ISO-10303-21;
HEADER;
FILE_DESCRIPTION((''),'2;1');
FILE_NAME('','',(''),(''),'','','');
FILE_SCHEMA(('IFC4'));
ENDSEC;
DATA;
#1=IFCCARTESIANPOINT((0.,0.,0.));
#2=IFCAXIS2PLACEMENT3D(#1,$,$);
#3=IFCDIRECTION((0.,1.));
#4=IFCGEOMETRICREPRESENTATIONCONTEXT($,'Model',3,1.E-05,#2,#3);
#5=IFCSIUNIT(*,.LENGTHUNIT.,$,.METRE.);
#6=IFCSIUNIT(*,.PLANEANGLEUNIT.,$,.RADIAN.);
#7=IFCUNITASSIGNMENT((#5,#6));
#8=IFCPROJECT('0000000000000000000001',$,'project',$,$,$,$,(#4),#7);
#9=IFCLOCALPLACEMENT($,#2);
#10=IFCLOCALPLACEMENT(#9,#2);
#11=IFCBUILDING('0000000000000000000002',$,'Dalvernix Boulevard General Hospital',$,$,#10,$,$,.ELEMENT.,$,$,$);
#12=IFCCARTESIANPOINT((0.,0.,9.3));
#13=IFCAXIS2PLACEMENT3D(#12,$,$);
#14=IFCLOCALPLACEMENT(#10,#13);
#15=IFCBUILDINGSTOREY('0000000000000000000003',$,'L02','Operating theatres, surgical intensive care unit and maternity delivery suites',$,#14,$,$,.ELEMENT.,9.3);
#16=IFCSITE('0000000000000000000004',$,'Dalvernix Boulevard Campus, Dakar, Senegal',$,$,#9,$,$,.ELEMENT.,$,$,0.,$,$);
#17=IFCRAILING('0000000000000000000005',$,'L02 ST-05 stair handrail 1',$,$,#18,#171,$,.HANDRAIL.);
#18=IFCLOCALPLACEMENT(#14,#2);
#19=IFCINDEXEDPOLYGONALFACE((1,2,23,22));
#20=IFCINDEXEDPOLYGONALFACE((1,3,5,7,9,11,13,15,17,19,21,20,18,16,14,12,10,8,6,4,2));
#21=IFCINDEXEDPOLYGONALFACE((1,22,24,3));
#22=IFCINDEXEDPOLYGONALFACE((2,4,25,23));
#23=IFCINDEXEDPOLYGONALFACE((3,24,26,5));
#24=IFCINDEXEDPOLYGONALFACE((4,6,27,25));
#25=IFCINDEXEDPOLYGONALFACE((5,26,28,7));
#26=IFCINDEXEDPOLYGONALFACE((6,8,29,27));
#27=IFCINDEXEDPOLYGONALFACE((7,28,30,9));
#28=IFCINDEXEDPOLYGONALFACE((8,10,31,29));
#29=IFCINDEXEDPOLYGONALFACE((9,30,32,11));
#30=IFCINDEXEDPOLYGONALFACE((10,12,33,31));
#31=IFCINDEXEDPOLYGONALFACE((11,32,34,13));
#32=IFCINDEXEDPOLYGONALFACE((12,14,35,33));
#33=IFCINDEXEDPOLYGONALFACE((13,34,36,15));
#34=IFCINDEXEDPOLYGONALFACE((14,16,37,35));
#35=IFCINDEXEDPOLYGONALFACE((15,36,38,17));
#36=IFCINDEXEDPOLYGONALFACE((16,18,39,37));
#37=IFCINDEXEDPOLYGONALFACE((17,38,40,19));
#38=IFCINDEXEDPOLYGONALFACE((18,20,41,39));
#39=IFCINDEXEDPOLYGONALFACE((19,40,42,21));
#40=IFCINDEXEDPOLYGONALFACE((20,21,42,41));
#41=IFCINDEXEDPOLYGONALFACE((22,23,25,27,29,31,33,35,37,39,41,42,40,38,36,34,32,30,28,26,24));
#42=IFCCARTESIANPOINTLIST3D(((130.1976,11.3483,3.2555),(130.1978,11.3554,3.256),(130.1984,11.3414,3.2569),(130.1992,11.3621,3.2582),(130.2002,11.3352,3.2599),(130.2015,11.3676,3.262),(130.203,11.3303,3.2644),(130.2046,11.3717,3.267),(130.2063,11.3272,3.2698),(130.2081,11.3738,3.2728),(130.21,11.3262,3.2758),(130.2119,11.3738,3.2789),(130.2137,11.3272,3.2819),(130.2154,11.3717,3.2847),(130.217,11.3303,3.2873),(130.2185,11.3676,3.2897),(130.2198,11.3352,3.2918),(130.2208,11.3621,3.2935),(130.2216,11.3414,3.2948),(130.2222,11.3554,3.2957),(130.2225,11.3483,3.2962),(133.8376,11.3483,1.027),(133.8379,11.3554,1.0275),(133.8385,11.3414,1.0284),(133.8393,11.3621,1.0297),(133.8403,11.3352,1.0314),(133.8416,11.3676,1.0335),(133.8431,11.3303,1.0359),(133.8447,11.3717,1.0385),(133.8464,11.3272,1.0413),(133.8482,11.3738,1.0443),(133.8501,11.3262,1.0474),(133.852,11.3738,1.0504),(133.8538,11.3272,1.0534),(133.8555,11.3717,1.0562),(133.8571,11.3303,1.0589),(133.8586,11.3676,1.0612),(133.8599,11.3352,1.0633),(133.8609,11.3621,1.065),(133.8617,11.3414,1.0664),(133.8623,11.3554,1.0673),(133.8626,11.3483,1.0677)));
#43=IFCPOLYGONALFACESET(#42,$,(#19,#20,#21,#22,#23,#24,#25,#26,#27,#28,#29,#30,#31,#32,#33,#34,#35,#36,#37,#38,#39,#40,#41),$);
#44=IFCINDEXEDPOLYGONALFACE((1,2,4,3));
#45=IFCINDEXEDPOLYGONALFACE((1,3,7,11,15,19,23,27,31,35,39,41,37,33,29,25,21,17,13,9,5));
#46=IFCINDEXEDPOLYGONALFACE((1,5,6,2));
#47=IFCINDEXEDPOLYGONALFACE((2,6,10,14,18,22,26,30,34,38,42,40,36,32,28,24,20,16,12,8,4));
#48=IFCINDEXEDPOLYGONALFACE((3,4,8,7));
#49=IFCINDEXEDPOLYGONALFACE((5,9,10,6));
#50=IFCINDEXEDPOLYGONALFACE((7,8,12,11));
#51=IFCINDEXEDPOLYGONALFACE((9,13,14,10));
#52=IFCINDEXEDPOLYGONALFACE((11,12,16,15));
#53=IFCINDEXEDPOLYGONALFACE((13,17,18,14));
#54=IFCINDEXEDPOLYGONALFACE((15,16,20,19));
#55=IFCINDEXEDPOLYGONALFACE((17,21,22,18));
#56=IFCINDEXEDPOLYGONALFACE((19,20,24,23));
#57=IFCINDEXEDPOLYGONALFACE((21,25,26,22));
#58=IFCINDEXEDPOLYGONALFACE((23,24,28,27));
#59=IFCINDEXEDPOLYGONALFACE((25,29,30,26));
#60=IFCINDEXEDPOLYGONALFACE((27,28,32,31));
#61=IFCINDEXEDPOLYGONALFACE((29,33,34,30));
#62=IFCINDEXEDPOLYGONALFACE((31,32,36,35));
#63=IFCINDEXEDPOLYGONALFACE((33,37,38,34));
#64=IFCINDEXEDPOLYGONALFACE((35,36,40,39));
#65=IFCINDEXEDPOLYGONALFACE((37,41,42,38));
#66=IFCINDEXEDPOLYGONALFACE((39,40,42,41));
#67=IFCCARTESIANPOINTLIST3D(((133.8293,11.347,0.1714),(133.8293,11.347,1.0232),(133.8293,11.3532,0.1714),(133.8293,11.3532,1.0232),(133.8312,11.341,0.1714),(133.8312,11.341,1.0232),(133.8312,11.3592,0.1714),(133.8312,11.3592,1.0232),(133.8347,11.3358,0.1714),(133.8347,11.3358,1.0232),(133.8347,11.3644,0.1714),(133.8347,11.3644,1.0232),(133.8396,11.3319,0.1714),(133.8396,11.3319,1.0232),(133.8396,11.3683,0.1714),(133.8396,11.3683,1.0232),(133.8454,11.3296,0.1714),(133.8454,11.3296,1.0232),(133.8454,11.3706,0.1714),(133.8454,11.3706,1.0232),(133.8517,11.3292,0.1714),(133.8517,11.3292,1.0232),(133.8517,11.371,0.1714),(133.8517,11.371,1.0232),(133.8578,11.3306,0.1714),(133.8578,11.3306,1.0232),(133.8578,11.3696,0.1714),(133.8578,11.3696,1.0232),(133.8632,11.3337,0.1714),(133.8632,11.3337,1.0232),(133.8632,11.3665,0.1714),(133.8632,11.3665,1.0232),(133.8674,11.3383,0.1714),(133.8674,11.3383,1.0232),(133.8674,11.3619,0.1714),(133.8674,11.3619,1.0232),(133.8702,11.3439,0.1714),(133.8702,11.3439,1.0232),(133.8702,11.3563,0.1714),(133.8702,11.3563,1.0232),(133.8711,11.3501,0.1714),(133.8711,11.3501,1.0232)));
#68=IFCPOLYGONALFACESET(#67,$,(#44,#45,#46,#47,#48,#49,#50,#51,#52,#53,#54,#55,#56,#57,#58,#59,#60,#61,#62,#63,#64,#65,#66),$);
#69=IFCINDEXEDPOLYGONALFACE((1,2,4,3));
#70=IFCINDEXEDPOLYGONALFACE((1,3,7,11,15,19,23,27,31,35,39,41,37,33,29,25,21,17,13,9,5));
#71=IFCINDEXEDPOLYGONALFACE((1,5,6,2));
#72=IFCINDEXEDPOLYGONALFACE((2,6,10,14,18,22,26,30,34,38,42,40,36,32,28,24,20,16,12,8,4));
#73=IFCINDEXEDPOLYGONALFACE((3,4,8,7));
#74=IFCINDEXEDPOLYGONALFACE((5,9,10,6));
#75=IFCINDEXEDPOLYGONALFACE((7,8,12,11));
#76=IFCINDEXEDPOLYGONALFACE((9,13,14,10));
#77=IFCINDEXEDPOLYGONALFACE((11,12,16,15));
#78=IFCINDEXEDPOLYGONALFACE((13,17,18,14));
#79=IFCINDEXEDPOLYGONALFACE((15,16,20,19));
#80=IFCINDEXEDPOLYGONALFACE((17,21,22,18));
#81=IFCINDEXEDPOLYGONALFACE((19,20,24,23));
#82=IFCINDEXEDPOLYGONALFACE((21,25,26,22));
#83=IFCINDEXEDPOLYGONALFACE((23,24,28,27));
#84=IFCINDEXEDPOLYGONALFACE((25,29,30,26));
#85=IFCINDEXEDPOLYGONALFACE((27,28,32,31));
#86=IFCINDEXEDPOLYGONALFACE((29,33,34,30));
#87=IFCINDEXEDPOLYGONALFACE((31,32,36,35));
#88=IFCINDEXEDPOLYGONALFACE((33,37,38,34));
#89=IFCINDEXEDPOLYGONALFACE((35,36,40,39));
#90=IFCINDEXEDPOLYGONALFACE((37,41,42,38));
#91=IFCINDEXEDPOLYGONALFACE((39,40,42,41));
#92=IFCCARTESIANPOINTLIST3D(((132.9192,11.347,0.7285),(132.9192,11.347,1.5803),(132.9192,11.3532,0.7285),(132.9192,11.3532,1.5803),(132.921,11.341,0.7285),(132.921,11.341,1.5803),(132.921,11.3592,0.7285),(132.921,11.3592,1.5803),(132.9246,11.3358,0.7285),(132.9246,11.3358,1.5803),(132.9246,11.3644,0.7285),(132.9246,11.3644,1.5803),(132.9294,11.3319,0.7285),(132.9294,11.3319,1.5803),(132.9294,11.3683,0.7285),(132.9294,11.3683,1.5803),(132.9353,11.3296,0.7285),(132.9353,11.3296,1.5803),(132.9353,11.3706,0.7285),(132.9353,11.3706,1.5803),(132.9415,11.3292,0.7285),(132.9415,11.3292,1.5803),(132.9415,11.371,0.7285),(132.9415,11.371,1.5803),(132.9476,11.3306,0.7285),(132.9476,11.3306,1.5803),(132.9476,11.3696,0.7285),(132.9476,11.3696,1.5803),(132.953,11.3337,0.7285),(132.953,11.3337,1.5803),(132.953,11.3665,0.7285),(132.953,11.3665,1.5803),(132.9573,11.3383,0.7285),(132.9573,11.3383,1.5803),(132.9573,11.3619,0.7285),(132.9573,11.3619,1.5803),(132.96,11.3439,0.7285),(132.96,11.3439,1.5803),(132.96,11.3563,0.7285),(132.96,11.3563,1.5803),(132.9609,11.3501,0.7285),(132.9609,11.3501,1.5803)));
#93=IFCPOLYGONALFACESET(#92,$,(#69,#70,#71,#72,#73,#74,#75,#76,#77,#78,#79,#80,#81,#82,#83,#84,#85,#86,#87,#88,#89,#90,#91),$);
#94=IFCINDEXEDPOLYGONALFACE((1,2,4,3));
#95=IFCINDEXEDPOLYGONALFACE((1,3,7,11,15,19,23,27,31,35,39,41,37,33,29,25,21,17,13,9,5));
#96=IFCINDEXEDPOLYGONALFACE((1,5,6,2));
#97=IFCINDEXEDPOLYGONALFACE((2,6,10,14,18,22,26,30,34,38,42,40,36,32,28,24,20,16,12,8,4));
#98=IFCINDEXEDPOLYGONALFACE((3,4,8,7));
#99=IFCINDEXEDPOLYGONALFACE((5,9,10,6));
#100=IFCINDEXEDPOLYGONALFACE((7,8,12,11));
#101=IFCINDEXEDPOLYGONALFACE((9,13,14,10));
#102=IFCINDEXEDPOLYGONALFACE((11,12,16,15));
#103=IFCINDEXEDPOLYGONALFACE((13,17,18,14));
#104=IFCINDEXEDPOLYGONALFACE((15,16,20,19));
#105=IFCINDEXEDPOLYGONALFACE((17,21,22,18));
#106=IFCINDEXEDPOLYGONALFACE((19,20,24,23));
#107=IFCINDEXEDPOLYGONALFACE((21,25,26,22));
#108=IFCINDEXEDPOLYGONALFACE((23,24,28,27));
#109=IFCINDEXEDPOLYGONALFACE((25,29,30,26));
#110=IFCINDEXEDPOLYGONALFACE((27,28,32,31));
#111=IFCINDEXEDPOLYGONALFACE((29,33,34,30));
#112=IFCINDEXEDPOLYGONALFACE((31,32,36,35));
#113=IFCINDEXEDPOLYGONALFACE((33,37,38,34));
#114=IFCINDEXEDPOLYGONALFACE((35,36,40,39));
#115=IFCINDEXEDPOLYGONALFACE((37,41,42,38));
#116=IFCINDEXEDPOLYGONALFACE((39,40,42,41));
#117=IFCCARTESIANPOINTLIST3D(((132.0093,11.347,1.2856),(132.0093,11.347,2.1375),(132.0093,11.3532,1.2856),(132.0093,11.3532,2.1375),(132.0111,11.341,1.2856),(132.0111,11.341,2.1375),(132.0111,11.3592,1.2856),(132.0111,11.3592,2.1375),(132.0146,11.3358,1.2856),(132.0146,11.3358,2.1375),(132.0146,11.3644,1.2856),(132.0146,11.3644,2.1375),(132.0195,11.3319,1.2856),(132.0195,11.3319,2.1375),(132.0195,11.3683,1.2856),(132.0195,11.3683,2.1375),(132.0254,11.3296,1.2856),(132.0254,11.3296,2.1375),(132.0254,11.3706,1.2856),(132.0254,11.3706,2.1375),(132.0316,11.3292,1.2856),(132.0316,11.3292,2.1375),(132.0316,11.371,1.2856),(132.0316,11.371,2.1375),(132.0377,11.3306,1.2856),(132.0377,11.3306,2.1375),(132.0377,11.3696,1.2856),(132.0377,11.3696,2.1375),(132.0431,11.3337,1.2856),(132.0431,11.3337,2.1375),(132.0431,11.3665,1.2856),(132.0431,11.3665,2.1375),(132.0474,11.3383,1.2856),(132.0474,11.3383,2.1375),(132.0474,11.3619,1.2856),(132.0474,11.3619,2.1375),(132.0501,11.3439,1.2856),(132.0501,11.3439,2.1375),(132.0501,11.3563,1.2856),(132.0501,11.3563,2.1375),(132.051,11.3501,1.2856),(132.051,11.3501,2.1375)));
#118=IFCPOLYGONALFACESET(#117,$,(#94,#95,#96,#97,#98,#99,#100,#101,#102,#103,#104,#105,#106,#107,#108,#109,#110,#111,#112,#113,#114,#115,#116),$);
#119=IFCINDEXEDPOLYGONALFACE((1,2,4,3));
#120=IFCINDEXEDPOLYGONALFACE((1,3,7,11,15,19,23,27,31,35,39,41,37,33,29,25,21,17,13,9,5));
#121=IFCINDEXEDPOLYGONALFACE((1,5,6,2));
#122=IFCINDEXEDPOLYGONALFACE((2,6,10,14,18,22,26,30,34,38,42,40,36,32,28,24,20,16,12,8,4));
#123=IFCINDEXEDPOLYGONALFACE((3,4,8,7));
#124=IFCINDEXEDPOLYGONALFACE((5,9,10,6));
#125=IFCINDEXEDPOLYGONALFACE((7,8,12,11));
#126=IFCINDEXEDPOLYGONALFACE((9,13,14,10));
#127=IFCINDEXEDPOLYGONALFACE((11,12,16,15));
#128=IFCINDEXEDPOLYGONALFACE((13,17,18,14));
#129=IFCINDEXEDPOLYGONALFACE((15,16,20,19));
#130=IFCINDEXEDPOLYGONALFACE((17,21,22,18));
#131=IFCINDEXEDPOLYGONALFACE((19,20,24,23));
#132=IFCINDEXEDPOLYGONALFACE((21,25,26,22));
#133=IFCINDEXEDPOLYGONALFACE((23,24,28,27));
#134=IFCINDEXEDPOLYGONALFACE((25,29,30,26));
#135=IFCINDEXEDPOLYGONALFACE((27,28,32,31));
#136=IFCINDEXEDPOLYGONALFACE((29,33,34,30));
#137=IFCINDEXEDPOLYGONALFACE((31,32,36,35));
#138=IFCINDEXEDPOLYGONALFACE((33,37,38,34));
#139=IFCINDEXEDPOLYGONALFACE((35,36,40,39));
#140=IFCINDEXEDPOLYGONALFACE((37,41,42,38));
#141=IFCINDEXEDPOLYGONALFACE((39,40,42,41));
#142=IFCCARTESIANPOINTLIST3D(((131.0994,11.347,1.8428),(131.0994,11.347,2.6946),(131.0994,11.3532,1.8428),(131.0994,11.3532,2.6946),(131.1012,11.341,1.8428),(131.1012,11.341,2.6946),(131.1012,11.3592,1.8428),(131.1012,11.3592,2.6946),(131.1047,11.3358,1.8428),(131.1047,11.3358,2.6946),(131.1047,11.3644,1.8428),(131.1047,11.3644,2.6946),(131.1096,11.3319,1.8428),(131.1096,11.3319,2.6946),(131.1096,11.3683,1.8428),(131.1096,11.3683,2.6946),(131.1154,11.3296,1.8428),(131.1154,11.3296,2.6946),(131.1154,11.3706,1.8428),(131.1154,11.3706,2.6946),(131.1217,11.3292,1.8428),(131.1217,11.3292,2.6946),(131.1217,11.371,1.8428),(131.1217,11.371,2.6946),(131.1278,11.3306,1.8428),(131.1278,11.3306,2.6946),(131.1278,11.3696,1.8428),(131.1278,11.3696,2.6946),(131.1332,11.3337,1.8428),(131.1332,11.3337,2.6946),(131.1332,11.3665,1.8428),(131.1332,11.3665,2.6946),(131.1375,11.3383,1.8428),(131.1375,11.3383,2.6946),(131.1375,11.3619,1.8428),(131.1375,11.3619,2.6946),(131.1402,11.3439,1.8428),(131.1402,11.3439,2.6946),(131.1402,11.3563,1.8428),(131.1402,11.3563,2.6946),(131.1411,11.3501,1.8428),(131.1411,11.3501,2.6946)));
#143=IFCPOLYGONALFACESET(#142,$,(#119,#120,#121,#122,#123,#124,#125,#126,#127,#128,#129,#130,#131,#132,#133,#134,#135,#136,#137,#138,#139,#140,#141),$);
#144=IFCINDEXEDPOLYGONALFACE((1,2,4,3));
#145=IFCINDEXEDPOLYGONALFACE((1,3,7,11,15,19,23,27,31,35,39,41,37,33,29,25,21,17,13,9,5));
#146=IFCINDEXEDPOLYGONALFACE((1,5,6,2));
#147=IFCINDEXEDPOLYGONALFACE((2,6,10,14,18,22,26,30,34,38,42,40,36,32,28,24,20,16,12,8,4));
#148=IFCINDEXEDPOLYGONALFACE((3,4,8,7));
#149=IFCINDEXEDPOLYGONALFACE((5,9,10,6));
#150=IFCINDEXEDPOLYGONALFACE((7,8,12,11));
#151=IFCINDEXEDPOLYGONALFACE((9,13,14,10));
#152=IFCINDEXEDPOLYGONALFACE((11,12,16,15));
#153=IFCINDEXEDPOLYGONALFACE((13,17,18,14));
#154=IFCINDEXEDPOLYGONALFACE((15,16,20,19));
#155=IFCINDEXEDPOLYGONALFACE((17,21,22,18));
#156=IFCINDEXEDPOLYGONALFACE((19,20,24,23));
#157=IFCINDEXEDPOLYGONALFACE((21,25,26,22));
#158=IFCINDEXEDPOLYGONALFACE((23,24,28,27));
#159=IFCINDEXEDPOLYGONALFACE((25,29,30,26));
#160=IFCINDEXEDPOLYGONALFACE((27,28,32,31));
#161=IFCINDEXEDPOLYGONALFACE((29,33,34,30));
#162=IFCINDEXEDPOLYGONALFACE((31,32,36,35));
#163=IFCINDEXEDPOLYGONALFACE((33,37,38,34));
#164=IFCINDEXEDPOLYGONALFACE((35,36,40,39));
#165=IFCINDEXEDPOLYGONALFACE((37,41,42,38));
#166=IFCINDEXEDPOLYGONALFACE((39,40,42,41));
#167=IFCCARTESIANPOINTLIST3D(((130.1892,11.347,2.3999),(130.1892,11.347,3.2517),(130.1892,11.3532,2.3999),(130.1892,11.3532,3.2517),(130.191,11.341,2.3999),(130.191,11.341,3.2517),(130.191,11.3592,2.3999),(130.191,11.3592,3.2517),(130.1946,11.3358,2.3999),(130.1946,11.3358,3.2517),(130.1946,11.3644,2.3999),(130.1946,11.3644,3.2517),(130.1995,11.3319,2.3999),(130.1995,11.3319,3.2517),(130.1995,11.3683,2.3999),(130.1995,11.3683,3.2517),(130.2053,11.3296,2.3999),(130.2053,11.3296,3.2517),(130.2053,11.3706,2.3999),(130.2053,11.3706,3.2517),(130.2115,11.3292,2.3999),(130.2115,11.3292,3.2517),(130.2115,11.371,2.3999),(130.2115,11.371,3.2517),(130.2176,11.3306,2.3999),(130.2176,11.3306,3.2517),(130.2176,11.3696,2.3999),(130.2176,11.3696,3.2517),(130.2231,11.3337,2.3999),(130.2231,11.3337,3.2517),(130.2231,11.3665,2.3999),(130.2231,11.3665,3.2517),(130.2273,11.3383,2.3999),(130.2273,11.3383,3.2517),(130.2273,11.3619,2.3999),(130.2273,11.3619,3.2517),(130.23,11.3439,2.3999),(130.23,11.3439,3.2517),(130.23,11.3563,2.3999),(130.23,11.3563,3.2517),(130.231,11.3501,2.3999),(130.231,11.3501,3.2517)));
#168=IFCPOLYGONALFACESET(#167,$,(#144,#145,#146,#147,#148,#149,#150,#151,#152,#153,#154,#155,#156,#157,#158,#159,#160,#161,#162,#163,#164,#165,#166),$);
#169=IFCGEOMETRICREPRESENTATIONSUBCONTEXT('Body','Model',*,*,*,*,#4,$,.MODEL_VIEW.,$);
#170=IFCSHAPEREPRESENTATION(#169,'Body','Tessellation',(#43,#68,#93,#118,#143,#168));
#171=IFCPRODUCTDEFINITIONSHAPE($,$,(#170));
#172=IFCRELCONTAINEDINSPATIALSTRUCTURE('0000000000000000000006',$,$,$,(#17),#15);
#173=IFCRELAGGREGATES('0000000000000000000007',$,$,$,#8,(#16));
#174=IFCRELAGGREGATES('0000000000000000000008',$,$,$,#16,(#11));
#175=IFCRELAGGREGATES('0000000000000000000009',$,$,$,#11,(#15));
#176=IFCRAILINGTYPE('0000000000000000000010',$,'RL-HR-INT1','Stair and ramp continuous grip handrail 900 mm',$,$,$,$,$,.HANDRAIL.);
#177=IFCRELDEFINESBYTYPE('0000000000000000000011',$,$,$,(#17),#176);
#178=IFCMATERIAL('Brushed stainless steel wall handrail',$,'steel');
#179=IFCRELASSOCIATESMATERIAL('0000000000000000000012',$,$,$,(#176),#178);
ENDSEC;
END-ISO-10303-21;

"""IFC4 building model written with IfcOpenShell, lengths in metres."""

from ifc_helpers import new_model, si_unit, direction, frame, origin, origin_2d, place, context, subcontext, project, spatial, circle, extrude, material, type_object, element, save


model = new_model("IFC4")

# Units and contexts
model_context = context("Model", 3, precision=1e-05, world=origin(), true_north=direction((0.0, 1.0)))
body_context = subcontext(model_context, "Body", "Model", "MODEL_VIEW")
ifc_project = project(units=[si_unit("LENGTHUNIT", "METRE"), si_unit("PLANEANGLEUNIT", "RADIAN")], contexts=[model_context])

# Site, building, storey
site_placement = place(None, origin())
site = spatial("IfcSite", under=ifc_project, at=site_placement, Name="Dalvernix Boulevard Campus, Dakar, Senegal", CompositionType="ELEMENT", RefElevation=0.0)
building_placement = place(site_placement, origin())
building = spatial("IfcBuilding", under=site, at=building_placement, Name="Dalvernix Boulevard General Hospital", CompositionType="ELEMENT")
storey_placement = place(building_placement, frame((0.0, 0.0, 9.3)))
storey = spatial("IfcBuildingStorey", under=building, at=storey_placement, Name="L02", Description="Operating theatres, surgical intensive care unit and maternity delivery suites", CompositionType="ELEMENT", Elevation=9.3)

# Railing
ifc_material_1 = material(Name="Brushed stainless steel wall handrail", Category="steel")
railing_type_1 = type_object("IfcRailingType", Name="RL-HR-INT1", Description="Stair and ramp continuous grip handrail 900 mm", PredefinedType="HANDRAIL", material=ifc_material_1)
railing_1_placement = place(storey_placement, frame((133.8501, 11.3501, 0.1714)))
element("IfcRailing", 1, at=railing_1_placement, inside=storey, type_object=railing_type_1, Name="L02 ST-05 stair handrail 1", PredefinedType="HANDRAIL", context=body_context, shape_type="SweptSolid", body=[
    extrude(circle(Radius=0.0239, at=origin_2d()), frame((0.0, 0.0, 0.876), z_axis=(-0.852866, 0.0, 0.52213), x_axis=(0.0, -1.0, 0.0)), (0.0, 0.0, 1.0), 4.2681),
    extrude(circle(Radius=0.021, at=origin_2d()), origin(), (0.0, 0.0, 1.0), 0.8518),
    extrude(circle(Radius=0.021, at=origin_2d()), frame((-0.9102, 0.0, 0.5571)), (0.0, 0.0, 1.0), 0.8518),
    extrude(circle(Radius=0.021, at=origin_2d()), frame((-1.8201, 0.0, 1.1143)), (0.0, 0.0, 1.0), 0.8518),
    extrude(circle(Radius=0.021, at=origin_2d()), frame((-2.73, 0.0, 1.6714)), (0.0, 0.0, 1.0), 0.8518),
    extrude(circle(Radius=0.021, at=origin_2d()), frame((-3.6401, 0.0, 2.2285)), (0.0, 0.0, 1.0), 0.8518),
])

save(model, "model.ifc")
